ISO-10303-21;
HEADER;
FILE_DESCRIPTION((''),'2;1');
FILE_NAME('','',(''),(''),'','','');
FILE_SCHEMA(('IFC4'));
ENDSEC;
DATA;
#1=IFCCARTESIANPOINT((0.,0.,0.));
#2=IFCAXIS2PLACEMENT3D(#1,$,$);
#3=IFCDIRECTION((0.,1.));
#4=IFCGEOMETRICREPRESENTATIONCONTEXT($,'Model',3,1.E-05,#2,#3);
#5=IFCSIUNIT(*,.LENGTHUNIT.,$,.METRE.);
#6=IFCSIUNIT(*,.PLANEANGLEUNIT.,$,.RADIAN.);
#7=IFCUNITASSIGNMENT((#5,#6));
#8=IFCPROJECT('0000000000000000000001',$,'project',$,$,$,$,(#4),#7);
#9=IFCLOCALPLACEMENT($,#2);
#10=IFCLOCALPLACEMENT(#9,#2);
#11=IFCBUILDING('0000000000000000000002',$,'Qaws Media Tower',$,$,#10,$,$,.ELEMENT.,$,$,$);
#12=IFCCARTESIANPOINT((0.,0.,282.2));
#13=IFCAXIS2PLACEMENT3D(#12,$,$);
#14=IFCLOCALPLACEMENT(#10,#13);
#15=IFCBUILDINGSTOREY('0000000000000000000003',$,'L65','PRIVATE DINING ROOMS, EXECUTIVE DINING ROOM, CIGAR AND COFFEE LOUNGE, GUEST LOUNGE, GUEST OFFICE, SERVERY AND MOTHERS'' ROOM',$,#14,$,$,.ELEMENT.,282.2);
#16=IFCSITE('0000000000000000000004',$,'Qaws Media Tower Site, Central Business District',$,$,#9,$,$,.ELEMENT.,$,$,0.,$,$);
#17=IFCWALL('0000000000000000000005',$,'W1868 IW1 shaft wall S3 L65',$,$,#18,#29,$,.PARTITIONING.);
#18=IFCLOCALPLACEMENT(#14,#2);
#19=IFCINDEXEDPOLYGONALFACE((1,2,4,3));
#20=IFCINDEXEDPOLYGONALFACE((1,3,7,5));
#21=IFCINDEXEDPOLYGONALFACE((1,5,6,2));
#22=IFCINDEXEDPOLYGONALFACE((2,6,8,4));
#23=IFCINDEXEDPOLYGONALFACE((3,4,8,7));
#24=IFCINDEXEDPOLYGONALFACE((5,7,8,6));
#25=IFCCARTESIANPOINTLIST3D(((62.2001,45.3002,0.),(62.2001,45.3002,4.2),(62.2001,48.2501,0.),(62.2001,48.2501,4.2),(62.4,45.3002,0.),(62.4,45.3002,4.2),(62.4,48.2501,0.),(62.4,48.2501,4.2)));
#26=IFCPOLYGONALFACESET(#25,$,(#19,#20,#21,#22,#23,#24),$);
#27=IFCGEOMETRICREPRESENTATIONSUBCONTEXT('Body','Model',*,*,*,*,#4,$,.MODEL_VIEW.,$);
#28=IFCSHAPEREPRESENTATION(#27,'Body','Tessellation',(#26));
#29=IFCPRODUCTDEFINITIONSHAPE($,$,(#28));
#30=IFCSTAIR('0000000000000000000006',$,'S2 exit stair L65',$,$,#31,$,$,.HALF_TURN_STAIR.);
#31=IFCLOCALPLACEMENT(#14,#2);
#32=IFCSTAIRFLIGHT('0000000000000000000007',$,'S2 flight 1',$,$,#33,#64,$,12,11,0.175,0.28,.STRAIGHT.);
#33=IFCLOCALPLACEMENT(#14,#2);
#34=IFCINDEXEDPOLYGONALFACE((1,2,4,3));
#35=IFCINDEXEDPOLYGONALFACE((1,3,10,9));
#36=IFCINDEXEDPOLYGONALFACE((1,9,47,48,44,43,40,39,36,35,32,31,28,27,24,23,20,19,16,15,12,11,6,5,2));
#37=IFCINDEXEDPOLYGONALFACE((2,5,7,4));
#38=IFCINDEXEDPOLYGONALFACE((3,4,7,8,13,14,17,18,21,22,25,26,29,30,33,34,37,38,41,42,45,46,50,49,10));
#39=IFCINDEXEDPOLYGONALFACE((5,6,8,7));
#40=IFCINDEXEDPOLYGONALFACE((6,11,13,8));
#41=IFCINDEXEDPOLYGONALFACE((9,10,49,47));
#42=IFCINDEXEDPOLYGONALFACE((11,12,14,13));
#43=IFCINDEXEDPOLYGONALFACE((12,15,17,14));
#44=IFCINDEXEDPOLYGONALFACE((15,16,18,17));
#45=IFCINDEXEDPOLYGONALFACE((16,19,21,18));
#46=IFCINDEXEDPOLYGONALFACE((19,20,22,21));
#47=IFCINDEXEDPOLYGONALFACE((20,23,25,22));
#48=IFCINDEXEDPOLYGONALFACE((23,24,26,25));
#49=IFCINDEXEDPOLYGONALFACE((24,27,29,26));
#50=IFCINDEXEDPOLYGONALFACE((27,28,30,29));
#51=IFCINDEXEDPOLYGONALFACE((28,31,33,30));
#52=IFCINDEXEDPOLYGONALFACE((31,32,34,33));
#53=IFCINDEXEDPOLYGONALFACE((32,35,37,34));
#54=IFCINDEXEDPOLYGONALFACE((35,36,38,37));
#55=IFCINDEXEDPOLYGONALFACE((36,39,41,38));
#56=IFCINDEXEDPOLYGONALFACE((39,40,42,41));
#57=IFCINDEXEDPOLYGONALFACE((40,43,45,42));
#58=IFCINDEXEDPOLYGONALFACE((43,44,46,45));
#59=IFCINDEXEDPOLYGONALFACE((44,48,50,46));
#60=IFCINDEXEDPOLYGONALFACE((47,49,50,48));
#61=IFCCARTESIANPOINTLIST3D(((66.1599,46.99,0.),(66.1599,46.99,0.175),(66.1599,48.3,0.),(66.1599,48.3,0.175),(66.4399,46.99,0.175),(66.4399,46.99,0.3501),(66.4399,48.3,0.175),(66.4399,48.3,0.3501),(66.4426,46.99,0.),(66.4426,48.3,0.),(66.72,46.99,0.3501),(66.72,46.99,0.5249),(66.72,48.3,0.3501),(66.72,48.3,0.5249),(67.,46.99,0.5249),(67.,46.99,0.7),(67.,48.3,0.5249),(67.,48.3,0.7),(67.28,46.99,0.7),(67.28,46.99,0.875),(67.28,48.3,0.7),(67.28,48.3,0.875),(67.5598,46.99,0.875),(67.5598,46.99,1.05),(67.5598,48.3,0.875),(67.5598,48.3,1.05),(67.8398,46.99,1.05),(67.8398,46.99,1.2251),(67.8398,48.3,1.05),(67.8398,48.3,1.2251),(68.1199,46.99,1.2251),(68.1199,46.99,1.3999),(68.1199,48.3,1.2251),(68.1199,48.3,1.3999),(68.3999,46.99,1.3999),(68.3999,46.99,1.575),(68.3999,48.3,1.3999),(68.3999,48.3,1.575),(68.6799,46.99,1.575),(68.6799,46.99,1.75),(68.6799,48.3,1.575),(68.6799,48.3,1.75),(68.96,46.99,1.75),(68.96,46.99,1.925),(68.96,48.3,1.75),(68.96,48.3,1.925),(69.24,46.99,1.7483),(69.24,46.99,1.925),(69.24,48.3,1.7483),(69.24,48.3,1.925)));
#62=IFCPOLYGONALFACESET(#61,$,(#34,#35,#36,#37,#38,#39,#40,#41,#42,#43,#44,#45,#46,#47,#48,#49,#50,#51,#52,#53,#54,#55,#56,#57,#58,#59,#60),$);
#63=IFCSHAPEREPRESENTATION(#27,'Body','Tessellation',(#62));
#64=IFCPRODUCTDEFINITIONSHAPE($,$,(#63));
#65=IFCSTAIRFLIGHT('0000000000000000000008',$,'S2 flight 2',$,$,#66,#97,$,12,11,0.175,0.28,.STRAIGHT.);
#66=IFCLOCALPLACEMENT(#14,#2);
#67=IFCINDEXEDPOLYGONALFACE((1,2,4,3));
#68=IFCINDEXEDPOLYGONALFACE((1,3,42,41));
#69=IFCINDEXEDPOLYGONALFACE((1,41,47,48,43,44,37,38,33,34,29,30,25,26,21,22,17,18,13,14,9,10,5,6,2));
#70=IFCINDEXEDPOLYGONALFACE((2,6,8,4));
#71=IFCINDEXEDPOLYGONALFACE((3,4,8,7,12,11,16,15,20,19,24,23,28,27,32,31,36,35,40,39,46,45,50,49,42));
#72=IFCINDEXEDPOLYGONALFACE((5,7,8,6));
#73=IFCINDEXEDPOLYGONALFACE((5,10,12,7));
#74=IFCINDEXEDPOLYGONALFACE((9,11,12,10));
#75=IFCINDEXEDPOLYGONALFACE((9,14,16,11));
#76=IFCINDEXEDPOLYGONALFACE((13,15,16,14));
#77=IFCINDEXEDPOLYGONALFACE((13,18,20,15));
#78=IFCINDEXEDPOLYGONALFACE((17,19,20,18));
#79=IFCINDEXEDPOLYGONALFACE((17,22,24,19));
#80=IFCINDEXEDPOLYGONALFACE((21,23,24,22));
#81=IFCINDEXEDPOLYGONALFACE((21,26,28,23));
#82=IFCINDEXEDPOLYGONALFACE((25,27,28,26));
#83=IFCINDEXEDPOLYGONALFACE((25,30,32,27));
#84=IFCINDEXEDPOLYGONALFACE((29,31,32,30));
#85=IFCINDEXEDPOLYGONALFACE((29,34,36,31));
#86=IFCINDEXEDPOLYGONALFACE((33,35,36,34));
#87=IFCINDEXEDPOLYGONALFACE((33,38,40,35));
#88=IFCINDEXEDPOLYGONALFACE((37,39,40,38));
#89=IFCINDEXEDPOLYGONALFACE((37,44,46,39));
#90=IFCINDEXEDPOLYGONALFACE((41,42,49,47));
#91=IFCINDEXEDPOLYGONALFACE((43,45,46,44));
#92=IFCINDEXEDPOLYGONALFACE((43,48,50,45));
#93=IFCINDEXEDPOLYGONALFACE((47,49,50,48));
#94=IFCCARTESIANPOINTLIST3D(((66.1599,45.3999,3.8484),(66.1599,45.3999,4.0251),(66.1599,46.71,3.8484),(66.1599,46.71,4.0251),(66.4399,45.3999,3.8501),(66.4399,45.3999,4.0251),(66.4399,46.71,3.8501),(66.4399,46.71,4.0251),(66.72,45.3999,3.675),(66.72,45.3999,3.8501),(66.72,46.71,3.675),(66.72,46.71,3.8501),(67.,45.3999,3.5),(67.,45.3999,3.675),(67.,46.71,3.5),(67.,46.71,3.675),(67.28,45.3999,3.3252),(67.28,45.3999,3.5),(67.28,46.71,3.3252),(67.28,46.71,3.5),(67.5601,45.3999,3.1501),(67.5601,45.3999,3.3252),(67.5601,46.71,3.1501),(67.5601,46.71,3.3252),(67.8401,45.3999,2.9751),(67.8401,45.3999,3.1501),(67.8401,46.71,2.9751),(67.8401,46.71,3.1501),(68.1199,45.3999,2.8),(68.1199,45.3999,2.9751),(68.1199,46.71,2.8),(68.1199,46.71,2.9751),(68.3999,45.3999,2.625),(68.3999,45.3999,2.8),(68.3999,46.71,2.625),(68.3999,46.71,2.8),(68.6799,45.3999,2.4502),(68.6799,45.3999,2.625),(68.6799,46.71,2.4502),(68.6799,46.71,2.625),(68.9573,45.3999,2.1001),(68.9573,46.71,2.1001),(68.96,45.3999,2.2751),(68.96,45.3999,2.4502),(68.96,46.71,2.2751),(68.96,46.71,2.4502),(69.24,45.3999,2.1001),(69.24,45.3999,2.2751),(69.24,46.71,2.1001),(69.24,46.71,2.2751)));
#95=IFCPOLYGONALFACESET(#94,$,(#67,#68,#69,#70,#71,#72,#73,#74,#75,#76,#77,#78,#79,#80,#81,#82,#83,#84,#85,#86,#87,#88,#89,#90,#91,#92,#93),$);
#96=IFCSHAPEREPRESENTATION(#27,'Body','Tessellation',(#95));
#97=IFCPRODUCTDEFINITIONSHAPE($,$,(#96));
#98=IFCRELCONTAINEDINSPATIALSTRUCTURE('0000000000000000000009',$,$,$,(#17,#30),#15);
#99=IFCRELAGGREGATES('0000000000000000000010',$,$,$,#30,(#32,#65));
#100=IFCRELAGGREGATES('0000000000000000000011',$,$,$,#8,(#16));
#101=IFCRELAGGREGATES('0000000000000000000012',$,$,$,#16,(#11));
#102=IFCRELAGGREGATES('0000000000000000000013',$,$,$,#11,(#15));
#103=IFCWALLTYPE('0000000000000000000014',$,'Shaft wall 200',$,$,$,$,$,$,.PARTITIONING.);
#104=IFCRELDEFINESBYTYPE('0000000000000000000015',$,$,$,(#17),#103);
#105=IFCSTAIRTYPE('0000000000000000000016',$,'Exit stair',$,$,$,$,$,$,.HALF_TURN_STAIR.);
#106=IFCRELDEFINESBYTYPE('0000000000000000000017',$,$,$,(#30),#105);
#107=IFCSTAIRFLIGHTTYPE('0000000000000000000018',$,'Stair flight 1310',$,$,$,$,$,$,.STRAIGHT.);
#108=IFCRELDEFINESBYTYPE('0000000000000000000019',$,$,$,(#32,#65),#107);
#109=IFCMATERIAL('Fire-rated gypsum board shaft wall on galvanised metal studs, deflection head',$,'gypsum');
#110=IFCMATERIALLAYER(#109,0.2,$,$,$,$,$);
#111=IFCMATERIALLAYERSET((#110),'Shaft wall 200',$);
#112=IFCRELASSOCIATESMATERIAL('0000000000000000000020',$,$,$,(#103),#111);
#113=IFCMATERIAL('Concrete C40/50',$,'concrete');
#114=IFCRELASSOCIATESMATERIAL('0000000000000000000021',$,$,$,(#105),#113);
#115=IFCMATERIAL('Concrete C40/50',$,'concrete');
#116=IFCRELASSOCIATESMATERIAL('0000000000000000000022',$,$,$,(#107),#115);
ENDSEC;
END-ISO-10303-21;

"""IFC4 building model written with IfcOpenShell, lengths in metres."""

from ifc_helpers import new_model, si_unit, direction, frame, frame_2d, origin, place, context, subcontext, project, spatial, polyline, rectangle, outline, extrude, material, layer, layer_set, type_object, element, aggregate, save


model = new_model("IFC4")

# Units and contexts
model_context = context("Model", 3, precision=1e-05, world=origin(), true_north=direction((0.0, 1.0)))
body_context = subcontext(model_context, "Body", "Model", "MODEL_VIEW")
ifc_project = project(units=[si_unit("LENGTHUNIT", "METRE"), si_unit("PLANEANGLEUNIT", "RADIAN")], contexts=[model_context])

# Site, building, storey
site_placement = place(None, origin())
site = spatial("IfcSite", under=ifc_project, at=site_placement, Name="Qaws Media Tower Site, Central Business District", CompositionType="ELEMENT", RefElevation=0.0)
building_placement = place(site_placement, origin())
building = spatial("IfcBuilding", under=site, at=building_placement, Name="Qaws Media Tower", CompositionType="ELEMENT")
storey_placement = place(building_placement, frame((0.0, 0.0, 282.2)))
storey = spatial("IfcBuildingStorey", under=building, at=storey_placement, Name="L65", Description="PRIVATE DINING ROOMS, EXECUTIVE DINING ROOM, CIGAR AND COFFEE LOUNGE, GUEST LOUNGE, GUEST OFFICE, SERVERY AND MOTHERS' ROOM", CompositionType="ELEMENT", Elevation=282.2)

# Wall
ifc_material_1 = material(Name="Fire-rated gypsum board shaft wall on galvanised metal studs, deflection head", Category="gypsum")
ifc_layer_1 = layer(ifc_material_1, 0.2)
ifc_layer_set_1 = layer_set([ifc_layer_1], Name="Shaft wall 200")
wall_type_1 = type_object("IfcWallType", Name="Shaft wall 200", PredefinedType="PARTITIONING", material=ifc_layer_set_1)
for number, where, z_axis, x_axis, name in (
    (1, (62.3, 45.3, 0.0), (0.0, 0.0, 1.0), (0.0, 1.0, 0.0), "W1868 IW1 shaft wall S3 L65"),
):
    element("IfcWall", number, at=place(storey_placement, frame(where, z_axis=z_axis, x_axis=x_axis)), inside=storey, type_object=wall_type_1, Name=name, PredefinedType="PARTITIONING", context=body_context, shape_type="SweptSolid", body=[
        extrude(rectangle(XDim=2.95, YDim=0.2, at=frame_2d((1.4751, 0.0))), origin(), (0.0, 0.0, 1.0), 4.2),
    ])

# Stair, stair flights
ifc_material_2 = material(Name="Concrete C40/50", Category="concrete")
stair_type = type_object("IfcStairType", Name="Exit stair", PredefinedType="HALF_TURN_STAIR", material=ifc_material_2)
stair_placement = place(storey_placement, origin())
stair = element("IfcStair", 2, at=stair_placement, inside=storey, type_object=stair_type, Name="S2 exit stair L65", PredefinedType="HALF_TURN_STAIR")
ifc_material_3 = material(Name="Concrete C40/50", Category="concrete")
stair_flight_type = type_object("IfcStairFlightType", Name="Stair flight 1310", PredefinedType="STRAIGHT", material=ifc_material_3)
stair_flight_1_placement = place(storey_placement, frame((66.1599, 47.645, 0.0), z_axis=(0.0, 0.0, 1.0), x_axis=(1.0, 0.0, 0.0)))
stair_flight_1 = element("IfcStairFlight", 3, at=stair_flight_1_placement, type_object=stair_flight_type, Name="S2 flight 1", NumberOfRisers=12, NumberOfTreads=11, PredefinedType="STRAIGHT", RiserHeight=0.175, TreadLength=0.28, context=body_context, shape_type="SweptSolid", body=[
    extrude(outline(polyline([(0.0, 0.0), (0.0, 0.175), (0.28, 0.175), (0.28, 0.3501), (0.5601, 0.3501), (0.5601, 0.5249), (0.8401, 0.5249), (0.8401, 0.7), (1.1201, 0.7), (1.1201, 0.875), (1.3999, 0.875), (1.3999, 1.05), (1.6799, 1.05), (1.6799, 1.2251), (1.96, 1.2251), (1.96, 1.3999), (2.24, 1.3999), (2.24, 1.575), (2.52, 1.575), (2.52, 1.75), (2.8, 1.75), (2.8, 1.925), (3.0801, 1.925), (3.0801, 2.1001), (3.0801, 1.7483), (0.2827, 0.0), (0.0, 0.0)])), frame((0.0, 0.655, 0.0), z_axis=(0.0, -1.0, 0.0), x_axis=(1.0, 0.0, 0.0)), (0.0, 0.0, 1.0), 1.3101),
])
stair_flight_2_placement = place(storey_placement, frame((69.24, 46.0549, 2.1001), z_axis=(0.0, 0.0, 1.0), x_axis=(-1.0, 0.0, 0.0)))
stair_flight_2 = element("IfcStairFlight", 4, at=stair_flight_2_placement, type_object=stair_flight_type, Name="S2 flight 2", NumberOfRisers=12, NumberOfTreads=11, PredefinedType="STRAIGHT", RiserHeight=0.175, TreadLength=0.28, context=body_context, shape_type="SweptSolid", body=[
    extrude(outline(polyline([(0.0, 0.0), (0.0, 0.175), (0.28, 0.175), (0.28, 0.3501), (0.5601, 0.3501), (0.5601, 0.5249), (0.8401, 0.5249), (0.8401, 0.7), (1.1201, 0.7), (1.1201, 0.875), (1.3999, 0.875), (1.3999, 1.05), (1.6799, 1.05), (1.6799, 1.2251), (1.96, 1.2251), (1.96, 1.3999), (2.24, 1.3999), (2.24, 1.575), (2.52, 1.575), (2.52, 1.75), (2.8, 1.75), (2.8, 1.925), (3.0801, 1.925), (3.0801, 2.1001), (3.0801, 1.7483), (0.2827, 0.0), (0.0, 0.0)])), frame((0.0, 0.655, 0.0), z_axis=(0.0, -1.0, 0.0), x_axis=(1.0, 0.0, 0.0)), (0.0, 0.0, 1.0), 1.3101),
])
aggregate(stair, [stair_flight_1, stair_flight_2])

save(model, "model.ifc")
